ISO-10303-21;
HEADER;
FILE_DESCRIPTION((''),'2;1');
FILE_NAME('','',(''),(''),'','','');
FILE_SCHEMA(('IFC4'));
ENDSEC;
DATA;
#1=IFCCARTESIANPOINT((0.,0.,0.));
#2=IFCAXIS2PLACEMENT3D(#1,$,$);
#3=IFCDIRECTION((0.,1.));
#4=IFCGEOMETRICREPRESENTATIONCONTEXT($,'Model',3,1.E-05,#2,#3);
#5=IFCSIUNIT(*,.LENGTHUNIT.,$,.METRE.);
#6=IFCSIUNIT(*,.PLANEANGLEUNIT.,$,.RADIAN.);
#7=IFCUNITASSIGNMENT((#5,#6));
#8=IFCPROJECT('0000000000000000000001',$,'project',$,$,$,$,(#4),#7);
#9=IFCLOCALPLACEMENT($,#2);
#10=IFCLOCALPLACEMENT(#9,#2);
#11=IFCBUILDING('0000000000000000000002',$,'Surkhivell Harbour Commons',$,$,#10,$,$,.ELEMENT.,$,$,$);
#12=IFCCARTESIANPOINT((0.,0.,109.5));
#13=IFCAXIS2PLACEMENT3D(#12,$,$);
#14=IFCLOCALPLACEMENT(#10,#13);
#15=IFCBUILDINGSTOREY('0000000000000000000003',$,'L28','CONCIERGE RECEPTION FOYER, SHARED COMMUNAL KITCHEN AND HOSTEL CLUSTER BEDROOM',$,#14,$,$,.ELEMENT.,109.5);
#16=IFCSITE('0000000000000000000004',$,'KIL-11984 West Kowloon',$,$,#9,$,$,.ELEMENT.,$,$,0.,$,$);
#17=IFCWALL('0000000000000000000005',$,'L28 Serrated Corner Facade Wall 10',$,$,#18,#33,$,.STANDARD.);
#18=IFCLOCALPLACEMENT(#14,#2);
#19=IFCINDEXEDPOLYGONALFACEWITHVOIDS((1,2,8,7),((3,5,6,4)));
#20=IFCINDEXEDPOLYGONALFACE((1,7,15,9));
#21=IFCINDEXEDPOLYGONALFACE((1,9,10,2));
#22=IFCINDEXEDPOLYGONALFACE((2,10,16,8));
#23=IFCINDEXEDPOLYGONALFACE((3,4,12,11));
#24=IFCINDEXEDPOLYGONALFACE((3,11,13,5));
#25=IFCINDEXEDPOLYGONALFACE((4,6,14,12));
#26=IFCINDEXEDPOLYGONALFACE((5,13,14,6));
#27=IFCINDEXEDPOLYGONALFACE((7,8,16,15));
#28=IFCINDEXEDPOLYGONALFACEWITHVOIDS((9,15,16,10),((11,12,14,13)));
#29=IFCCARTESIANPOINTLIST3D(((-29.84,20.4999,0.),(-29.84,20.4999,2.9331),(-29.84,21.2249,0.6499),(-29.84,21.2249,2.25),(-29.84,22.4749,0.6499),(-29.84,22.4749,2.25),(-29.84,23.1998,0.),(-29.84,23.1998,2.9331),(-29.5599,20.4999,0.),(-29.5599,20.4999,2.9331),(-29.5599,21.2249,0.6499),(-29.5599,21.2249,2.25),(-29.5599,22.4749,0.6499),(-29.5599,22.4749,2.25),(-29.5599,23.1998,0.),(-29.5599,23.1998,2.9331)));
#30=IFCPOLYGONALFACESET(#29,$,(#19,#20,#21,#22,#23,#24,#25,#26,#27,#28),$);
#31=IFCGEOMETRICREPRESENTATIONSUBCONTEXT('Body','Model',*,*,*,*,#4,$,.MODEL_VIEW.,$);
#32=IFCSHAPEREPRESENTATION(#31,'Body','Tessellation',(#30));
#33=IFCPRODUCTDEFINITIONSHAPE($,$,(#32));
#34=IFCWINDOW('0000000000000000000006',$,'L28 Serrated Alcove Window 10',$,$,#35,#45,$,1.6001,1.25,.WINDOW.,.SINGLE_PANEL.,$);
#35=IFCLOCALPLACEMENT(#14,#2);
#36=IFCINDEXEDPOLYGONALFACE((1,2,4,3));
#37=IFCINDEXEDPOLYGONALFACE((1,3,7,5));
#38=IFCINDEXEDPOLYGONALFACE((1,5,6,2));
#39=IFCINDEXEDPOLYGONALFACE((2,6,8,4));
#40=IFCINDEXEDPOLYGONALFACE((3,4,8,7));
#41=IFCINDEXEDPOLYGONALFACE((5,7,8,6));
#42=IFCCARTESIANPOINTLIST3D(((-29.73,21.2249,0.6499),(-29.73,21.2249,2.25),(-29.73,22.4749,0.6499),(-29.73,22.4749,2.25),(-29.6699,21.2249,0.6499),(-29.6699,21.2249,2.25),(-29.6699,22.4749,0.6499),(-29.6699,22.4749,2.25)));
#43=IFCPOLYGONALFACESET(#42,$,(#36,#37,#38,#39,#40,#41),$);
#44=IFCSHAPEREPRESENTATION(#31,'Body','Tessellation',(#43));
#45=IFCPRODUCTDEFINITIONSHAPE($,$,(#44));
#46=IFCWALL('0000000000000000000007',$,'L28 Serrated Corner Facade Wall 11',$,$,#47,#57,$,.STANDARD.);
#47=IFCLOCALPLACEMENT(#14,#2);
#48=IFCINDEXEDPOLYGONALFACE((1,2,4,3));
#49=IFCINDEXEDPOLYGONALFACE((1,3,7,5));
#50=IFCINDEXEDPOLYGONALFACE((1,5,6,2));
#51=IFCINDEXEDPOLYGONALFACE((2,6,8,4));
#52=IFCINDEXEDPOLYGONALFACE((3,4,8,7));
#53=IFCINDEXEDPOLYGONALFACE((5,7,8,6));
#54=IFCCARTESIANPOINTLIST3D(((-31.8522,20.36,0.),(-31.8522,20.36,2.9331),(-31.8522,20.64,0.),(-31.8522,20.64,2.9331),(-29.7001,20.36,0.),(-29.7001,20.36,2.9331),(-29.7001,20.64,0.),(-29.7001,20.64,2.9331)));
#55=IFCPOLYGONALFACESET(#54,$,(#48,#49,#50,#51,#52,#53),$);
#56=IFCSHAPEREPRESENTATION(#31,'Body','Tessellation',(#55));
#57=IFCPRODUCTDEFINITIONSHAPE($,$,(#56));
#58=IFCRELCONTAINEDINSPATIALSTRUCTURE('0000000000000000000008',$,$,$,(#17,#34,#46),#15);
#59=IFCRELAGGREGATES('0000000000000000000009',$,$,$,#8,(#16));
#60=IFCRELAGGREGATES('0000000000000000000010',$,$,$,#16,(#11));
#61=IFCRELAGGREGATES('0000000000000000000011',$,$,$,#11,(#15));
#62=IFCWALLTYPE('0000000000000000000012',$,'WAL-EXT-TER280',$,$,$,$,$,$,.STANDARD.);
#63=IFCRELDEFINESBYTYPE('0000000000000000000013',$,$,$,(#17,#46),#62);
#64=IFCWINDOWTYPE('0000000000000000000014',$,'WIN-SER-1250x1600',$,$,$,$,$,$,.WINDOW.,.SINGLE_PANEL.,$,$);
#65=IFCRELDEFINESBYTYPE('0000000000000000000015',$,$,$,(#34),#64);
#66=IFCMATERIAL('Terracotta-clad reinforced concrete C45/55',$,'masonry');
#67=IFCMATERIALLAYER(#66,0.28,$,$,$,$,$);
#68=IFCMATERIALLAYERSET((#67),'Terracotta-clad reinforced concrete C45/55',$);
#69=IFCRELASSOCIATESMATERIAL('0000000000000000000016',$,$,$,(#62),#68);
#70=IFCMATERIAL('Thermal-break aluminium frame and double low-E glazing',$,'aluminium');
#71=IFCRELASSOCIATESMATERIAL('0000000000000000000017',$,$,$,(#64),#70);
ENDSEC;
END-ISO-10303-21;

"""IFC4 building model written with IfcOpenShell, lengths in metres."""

from ifc_helpers import new_model, si_unit, direction, frame, frame_2d, origin, place, context, subcontext, project, spatial, rectangle, extrude, material, layer, layer_set, type_object, element, fill, save


model = new_model("IFC4")

# Units and contexts
model_context = context("Model", 3, precision=1e-05, world=origin(), true_north=direction((0.0, 1.0)))
body_context = subcontext(model_context, "Body", "Model", "MODEL_VIEW")
ifc_project = project(units=[si_unit("LENGTHUNIT", "METRE"), si_unit("PLANEANGLEUNIT", "RADIAN")], contexts=[model_context])

# Site, building, storey
site_placement = place(None, origin())
site = spatial("IfcSite", under=ifc_project, at=site_placement, Name="KIL-11984 West Kowloon", CompositionType="ELEMENT", RefElevation=0.0)
building_placement = place(site_placement, origin())
building = spatial("IfcBuilding", under=site, at=building_placement, Name="Surkhivell Harbour Commons", CompositionType="ELEMENT")
storey_placement = place(building_placement, frame((0.0, 0.0, 109.5)))
storey = spatial("IfcBuildingStorey", under=building, at=storey_placement, Name="L28", Description="CONCIERGE RECEPTION FOYER, SHARED COMMUNAL KITCHEN AND HOSTEL CLUSTER BEDROOM", CompositionType="ELEMENT", Elevation=109.5)

# Shared definitions
ifc_material_1 = material(Name="Terracotta-clad reinforced concrete C45/55", Category="masonry")
ifc_layer_1 = layer(ifc_material_1, 0.28)
ifc_layer_set_1 = layer_set([ifc_layer_1], Name="Terracotta-clad reinforced concrete C45/55")
wall_type = type_object("IfcWallType", Name="WAL-EXT-TER280", PredefinedType="STANDARD", material=ifc_layer_set_1)

# Wall, opening, window
wall_1_placement = place(storey_placement, frame((-29.7, 23.2, 0.0), z_axis=(0.0, 0.0, 1.0), x_axis=(0.0, -1.0, 0.0)))
wall_1 = element("IfcWall", 1, at=wall_1_placement, inside=storey, type_object=wall_type, Name="L28 Serrated Corner Facade Wall 10", PredefinedType="STANDARD", context=body_context, shape_type="SweptSolid", body=[
    extrude(rectangle(XDim=2.7, YDim=0.28, at=frame_2d((1.3501, 0.0))), origin(), (0.0, 0.0, 1.0), 2.9331),
])
opening_placement = place(wall_1_placement, frame((0.7251, 0.0, 0.6499)))
opening = element("IfcOpeningElement", 2, at=opening_placement, cuts=wall_1, PredefinedType="OPENING", context=body_context, shape_type="SweptSolid", body=[
    extrude(rectangle(XDim=1.25, YDim=1.6001, at=frame_2d((0.625, 0.8))), frame((0.0, 0.1499, 0.0), z_axis=(0.0, -1.0, 0.0), x_axis=(1.0, 0.0, 0.0)), (0.0, 0.0, 1.0), 0.3),
])
ifc_material_2 = material(Name="Thermal-break aluminium frame and double low-E glazing", Category="aluminium")
window_type = type_object("IfcWindowType", Name="WIN-SER-1250x1600", PartitioningType="SINGLE_PANEL", PredefinedType="WINDOW", material=ifc_material_2)
window_placement = place(opening_placement, origin())
window = element("IfcWindow", 3, at=window_placement, inside=storey, type_object=window_type, Name="L28 Serrated Alcove Window 10", OverallHeight=1.6001, OverallWidth=1.25, PartitioningType="SINGLE_PANEL", PredefinedType="WINDOW", context=body_context, shape_type="SweptSolid", body=[
    extrude(rectangle(XDim=1.25, YDim=1.6001, at=frame_2d((0.625, 0.8))), frame((0.0, 0.03, 0.0), z_axis=(0.0, -1.0, 0.0), x_axis=(1.0, 0.0, 0.0)), (0.0, 0.0, 1.0), 0.0601),
])
fill(opening, window)

# Wall
wall_2_placement = place(storey_placement, frame((-29.7, 20.5, 0.0), z_axis=(0.0, 0.0, 1.0), x_axis=(-1.0, 0.0, 0.0)))
element("IfcWall", 4, at=wall_2_placement, inside=storey, type_object=wall_type, Name="L28 Serrated Corner Facade Wall 11", PredefinedType="STANDARD", context=body_context, shape_type="SweptSolid", body=[
    extrude(rectangle(XDim=2.1521, YDim=0.28, at=frame_2d((1.0762, 0.0))), origin(), (0.0, 0.0, 1.0), 2.9331),
])

save(model, "model.ifc")
